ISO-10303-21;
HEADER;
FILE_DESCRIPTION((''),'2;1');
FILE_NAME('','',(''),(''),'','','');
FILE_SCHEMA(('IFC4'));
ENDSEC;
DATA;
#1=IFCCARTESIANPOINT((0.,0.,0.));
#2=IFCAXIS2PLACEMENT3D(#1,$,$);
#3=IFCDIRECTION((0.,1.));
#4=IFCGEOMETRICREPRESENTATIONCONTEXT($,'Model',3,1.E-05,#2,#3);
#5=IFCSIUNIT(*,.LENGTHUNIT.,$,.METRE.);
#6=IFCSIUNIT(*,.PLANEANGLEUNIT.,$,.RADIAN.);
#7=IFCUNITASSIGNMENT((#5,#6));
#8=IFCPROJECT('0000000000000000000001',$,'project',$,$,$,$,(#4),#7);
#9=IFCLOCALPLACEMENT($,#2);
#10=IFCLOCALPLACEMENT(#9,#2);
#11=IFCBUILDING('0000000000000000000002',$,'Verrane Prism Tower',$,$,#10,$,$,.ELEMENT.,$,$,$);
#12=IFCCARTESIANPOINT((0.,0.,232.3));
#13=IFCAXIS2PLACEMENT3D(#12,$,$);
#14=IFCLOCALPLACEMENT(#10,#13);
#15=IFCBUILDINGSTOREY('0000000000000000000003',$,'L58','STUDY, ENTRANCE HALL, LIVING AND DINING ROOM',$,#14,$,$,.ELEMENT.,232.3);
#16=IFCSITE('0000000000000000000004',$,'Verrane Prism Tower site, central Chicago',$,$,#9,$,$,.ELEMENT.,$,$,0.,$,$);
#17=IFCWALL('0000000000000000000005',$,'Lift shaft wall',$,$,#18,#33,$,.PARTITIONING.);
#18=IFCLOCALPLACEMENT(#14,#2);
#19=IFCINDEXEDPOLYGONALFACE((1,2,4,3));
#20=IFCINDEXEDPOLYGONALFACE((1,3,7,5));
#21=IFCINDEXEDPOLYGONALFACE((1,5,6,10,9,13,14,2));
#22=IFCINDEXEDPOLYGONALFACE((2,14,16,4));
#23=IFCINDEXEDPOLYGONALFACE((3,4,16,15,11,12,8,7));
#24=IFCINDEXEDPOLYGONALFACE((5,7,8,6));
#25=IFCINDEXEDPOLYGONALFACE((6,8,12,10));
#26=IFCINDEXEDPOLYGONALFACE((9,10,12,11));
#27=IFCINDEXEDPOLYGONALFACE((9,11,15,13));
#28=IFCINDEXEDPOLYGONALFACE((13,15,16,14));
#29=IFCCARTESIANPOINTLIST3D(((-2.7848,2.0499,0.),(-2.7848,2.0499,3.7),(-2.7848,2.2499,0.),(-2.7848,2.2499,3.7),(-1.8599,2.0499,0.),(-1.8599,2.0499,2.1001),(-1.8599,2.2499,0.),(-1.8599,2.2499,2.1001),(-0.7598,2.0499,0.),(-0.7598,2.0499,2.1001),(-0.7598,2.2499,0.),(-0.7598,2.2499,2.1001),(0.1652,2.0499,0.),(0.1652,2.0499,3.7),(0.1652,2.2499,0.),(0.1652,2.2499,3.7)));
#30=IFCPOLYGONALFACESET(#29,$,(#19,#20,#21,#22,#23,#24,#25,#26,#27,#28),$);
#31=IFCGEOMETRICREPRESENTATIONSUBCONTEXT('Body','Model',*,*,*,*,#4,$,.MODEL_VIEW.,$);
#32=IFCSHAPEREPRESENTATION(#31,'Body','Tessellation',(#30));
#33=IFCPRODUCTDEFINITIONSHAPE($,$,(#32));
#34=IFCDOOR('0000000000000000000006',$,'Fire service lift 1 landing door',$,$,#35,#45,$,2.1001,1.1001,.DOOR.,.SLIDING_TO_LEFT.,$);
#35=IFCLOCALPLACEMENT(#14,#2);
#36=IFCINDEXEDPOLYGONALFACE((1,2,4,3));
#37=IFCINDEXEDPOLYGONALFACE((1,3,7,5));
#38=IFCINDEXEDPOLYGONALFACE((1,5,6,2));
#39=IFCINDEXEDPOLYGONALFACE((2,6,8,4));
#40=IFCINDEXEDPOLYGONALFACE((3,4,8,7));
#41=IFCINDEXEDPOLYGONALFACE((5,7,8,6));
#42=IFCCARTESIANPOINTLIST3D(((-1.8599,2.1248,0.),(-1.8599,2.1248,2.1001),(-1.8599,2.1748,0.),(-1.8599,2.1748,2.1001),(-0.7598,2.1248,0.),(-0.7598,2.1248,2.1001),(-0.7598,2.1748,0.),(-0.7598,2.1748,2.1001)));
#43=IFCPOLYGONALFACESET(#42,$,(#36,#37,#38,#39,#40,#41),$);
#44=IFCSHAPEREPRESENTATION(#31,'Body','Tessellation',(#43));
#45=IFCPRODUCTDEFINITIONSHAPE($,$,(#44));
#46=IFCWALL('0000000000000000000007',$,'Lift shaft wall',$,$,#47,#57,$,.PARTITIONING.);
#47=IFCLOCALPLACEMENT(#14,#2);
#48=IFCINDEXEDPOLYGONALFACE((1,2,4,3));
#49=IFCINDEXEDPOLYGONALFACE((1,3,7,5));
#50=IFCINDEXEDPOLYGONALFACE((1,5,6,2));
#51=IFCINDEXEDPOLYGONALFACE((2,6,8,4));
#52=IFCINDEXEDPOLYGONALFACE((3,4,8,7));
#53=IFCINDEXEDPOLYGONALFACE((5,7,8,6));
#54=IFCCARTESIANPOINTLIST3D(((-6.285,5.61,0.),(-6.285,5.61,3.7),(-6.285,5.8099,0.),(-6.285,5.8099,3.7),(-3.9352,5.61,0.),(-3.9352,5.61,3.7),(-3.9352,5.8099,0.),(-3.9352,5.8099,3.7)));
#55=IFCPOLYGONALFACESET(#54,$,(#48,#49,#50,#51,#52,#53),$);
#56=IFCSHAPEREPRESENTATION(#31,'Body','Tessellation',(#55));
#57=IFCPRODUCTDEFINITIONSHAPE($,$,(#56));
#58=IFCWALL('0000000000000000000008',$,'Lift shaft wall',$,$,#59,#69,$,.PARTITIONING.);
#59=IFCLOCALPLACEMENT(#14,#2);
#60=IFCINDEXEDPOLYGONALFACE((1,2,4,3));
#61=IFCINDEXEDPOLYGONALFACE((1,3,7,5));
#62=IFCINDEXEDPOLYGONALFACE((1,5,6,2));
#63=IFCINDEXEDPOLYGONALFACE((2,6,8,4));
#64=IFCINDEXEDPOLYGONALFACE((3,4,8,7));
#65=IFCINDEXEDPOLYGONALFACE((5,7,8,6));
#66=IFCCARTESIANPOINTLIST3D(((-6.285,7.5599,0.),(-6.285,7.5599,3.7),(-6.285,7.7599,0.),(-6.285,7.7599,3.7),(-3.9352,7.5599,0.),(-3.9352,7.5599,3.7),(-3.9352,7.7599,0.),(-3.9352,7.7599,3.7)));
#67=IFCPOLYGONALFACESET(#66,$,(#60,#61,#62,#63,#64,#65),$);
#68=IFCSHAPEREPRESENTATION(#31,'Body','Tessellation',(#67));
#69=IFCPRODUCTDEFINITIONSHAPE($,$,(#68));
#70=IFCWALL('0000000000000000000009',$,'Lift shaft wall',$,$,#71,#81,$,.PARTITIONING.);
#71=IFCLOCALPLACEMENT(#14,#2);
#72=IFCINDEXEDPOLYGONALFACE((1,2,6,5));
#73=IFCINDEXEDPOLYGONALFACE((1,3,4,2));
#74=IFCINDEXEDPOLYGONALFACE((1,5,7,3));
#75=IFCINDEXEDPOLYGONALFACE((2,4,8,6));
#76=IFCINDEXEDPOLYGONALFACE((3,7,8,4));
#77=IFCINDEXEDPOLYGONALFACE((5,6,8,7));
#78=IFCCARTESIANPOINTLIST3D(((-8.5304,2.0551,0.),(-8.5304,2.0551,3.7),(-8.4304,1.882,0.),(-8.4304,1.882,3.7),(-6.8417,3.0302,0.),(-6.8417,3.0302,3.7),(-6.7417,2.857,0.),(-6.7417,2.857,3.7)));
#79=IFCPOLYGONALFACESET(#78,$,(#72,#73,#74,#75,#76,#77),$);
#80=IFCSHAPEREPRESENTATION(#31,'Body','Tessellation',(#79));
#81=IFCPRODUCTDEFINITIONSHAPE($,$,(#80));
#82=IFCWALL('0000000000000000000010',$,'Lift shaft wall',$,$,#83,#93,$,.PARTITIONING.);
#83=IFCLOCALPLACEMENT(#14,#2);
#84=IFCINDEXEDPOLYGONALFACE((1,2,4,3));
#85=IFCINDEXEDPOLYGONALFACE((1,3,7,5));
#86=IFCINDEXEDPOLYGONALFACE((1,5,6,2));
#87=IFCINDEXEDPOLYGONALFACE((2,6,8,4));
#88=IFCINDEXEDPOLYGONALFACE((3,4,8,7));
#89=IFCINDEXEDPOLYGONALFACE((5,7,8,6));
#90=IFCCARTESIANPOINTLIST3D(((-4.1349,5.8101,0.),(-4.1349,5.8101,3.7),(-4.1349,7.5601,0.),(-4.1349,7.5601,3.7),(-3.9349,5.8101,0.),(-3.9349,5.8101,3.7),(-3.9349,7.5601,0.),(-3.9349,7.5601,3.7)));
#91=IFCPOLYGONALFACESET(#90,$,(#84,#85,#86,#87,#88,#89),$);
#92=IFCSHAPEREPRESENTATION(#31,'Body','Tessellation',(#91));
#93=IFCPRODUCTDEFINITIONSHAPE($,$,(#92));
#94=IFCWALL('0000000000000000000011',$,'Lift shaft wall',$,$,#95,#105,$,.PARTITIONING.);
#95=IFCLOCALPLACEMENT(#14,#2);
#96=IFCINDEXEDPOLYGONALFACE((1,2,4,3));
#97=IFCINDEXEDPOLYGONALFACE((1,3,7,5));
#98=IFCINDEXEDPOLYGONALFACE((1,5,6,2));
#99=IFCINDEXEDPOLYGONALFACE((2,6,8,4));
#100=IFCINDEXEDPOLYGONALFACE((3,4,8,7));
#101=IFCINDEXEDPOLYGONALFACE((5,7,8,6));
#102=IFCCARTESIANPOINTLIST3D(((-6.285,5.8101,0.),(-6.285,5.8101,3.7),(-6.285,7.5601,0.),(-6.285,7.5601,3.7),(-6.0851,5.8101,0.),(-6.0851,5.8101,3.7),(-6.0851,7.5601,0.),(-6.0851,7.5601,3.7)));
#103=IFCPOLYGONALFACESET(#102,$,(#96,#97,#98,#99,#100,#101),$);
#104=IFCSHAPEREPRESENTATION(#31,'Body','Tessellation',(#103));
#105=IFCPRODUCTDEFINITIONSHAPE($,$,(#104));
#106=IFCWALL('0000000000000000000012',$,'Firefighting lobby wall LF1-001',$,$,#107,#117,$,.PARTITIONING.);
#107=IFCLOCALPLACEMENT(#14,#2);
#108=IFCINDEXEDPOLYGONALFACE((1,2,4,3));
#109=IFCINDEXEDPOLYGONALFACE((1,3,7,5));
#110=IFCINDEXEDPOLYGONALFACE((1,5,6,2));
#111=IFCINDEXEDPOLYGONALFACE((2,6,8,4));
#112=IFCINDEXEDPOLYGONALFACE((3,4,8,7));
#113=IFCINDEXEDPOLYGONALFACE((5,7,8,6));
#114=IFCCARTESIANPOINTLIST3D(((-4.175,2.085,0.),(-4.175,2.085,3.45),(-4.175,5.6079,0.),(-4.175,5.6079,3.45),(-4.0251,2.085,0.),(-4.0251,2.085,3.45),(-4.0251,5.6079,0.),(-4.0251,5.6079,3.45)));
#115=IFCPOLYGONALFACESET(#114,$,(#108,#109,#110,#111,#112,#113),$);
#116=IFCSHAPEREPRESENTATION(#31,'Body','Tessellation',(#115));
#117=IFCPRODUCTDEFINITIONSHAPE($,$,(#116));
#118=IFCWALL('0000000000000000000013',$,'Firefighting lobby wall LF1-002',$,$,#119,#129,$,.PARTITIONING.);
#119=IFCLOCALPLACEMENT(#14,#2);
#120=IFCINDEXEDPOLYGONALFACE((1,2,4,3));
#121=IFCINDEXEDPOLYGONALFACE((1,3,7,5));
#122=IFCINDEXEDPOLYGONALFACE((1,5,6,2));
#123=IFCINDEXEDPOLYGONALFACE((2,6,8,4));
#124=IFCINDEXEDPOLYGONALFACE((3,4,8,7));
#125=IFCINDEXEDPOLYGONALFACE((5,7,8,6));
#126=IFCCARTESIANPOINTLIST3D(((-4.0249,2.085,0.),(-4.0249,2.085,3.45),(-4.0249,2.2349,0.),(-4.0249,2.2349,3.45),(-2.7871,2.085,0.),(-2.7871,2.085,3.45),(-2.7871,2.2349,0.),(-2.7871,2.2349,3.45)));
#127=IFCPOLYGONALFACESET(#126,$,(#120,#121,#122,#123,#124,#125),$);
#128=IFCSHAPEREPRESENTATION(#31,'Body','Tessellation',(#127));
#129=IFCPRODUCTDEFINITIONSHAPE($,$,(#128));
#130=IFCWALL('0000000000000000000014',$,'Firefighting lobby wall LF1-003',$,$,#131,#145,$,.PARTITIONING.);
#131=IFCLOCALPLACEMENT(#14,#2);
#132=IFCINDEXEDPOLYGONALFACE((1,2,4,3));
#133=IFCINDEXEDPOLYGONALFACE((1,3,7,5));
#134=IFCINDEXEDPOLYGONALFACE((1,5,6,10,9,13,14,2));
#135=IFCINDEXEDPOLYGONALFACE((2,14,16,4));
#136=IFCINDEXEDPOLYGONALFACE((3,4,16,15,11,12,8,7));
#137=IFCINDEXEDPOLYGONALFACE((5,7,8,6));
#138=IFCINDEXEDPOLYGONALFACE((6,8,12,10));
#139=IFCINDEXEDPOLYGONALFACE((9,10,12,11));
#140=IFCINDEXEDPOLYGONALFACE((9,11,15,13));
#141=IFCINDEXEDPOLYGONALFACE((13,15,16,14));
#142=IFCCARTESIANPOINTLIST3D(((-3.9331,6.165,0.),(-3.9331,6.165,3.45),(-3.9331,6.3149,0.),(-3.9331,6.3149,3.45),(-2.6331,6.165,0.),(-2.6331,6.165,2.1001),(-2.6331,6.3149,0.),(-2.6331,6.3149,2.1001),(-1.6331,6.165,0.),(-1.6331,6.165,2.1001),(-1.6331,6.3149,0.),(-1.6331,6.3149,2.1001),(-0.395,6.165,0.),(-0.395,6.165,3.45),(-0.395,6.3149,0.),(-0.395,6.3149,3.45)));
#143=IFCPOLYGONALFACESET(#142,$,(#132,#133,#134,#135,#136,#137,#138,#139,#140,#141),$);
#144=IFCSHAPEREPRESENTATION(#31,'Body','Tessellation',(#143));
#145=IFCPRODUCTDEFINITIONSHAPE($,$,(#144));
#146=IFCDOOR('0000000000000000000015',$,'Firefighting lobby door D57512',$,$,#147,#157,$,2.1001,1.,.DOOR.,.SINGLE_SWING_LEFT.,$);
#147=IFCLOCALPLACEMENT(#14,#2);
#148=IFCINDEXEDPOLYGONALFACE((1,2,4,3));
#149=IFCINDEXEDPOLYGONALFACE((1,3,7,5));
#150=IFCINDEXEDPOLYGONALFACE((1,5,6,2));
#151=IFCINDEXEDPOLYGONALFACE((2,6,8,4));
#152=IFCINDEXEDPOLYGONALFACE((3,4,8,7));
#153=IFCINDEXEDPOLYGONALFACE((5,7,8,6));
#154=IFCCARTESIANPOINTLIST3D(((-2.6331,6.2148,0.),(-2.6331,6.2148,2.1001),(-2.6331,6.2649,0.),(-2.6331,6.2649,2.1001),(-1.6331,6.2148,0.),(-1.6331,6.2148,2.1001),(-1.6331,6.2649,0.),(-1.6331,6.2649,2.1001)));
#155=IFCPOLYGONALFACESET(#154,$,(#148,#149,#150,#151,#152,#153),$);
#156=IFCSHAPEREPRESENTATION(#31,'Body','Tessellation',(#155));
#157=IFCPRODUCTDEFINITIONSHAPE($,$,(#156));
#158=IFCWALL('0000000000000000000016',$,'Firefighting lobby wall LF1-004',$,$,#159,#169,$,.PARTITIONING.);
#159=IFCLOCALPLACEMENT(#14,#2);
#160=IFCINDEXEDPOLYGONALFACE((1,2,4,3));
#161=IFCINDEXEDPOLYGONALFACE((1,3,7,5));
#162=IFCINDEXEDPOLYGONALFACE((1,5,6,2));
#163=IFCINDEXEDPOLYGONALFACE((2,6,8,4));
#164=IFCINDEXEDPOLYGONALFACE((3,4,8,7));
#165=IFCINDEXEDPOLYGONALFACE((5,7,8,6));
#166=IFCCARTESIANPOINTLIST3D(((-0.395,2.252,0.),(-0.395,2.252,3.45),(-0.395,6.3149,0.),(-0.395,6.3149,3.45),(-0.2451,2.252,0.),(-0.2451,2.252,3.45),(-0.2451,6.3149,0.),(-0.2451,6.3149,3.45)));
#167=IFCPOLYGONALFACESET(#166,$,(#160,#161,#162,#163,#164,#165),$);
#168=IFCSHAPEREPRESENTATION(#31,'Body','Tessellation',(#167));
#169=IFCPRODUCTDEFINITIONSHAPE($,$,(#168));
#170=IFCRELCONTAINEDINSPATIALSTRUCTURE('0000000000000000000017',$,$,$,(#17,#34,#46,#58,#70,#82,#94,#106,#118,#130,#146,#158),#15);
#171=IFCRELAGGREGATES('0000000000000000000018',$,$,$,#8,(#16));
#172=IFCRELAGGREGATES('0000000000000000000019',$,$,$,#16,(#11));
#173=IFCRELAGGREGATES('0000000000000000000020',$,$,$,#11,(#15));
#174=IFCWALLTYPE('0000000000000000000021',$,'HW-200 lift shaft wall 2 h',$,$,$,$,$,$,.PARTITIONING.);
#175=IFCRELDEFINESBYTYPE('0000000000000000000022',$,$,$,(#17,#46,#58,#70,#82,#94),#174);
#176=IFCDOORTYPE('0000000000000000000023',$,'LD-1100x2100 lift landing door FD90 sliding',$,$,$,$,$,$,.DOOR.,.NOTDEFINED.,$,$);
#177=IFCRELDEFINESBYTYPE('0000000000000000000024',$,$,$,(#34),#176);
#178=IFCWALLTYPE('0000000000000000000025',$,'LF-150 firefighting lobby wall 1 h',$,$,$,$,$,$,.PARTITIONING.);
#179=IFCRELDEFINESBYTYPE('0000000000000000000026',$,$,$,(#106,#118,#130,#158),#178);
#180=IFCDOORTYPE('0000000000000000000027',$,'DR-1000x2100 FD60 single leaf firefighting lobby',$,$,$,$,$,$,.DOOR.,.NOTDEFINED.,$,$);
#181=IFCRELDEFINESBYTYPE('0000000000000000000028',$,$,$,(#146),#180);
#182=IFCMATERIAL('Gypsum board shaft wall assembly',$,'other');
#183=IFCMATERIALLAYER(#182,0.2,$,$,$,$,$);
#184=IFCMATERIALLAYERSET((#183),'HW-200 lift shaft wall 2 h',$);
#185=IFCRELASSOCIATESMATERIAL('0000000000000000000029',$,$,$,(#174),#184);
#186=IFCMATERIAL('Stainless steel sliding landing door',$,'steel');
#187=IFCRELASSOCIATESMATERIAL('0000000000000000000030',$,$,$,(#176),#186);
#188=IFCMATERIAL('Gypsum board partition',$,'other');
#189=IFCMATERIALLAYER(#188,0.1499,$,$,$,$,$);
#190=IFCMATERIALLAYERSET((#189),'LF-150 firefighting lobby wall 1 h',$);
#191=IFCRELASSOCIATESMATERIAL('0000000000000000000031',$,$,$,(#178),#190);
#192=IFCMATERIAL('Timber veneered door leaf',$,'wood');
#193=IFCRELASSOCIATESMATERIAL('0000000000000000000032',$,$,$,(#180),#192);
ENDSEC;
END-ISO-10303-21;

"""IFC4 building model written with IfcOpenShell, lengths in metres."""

from ifc_helpers import new_model, si_unit, direction, frame, frame_2d, origin, place, context, subcontext, project, spatial, rectangle, extrude, material, layer, layer_set, type_object, element, fill, save


model = new_model("IFC4")

# Units and contexts
model_context = context("Model", 3, precision=1e-05, world=origin(), true_north=direction((0.0, 1.0)))
body_context = subcontext(model_context, "Body", "Model", "MODEL_VIEW")
ifc_project = project(units=[si_unit("LENGTHUNIT", "METRE"), si_unit("PLANEANGLEUNIT", "RADIAN")], contexts=[model_context])

# Site, building, storey
site_placement = place(None, origin())
site = spatial("IfcSite", under=ifc_project, at=site_placement, Name="Verrane Prism Tower site, central Chicago", CompositionType="ELEMENT", RefElevation=0.0)
building_placement = place(site_placement, origin())
building = spatial("IfcBuilding", under=site, at=building_placement, Name="Verrane Prism Tower", CompositionType="ELEMENT")
storey_placement = place(building_placement, frame((0.0, 0.0, 232.3)))
storey = spatial("IfcBuildingStorey", under=building, at=storey_placement, Name="L58", Description="STUDY, ENTRANCE HALL, LIVING AND DINING ROOM", CompositionType="ELEMENT", Elevation=232.3)

# Wall, opening, door
ifc_material_1 = material(Name="Gypsum board shaft wall assembly", Category="other")
ifc_layer_1 = layer(ifc_material_1, 0.2)
ifc_layer_set_1 = layer_set([ifc_layer_1], Name="HW-200 lift shaft wall 2 h")
wall_type_1 = type_object("IfcWallType", Name="HW-200 lift shaft wall 2 h", PredefinedType="PARTITIONING", material=ifc_layer_set_1)
wall_1_placement = place(storey_placement, frame((-2.7849, 2.1499, 0.0), z_axis=(0.0, 0.0, 1.0), x_axis=(1.0, 0.0, 0.0)))
wall_1 = element("IfcWall", 1, at=wall_1_placement, inside=storey, type_object=wall_type_1, Name="Lift shaft wall", PredefinedType="PARTITIONING", context=body_context, shape_type="SweptSolid", body=[
    extrude(rectangle(XDim=2.95, YDim=0.2, at=frame_2d((1.4751, 0.0))), origin(), (0.0, 0.0, 1.0), 3.7),
])
opening_1_placement = place(wall_1_placement, frame((0.925, 0.0, 0.0)))
opening_1 = element("IfcOpeningElement", 2, at=opening_1_placement, cuts=wall_1, PredefinedType="OPENING", context=body_context, shape_type="SweptSolid", body=[
    extrude(rectangle(XDim=1.1001, YDim=2.1001, at=frame_2d((0.55, 1.05))), frame((0.0, 0.1099, 0.0), z_axis=(0.0, -1.0, 0.0), x_axis=(1.0, 0.0, 0.0)), (0.0, 0.0, 1.0), 0.22),
])
ifc_material_2 = material(Name="Stainless steel sliding landing door", Category="steel")
door_type_1 = type_object("IfcDoorType", Name="LD-1100x2100 lift landing door FD90 sliding", OperationType="NOTDEFINED", PredefinedType="DOOR", material=ifc_material_2)
door_1_placement = place(opening_1_placement, origin())
door_1 = element("IfcDoor", 3, at=door_1_placement, inside=storey, type_object=door_type_1, Name="Fire service lift 1 landing door", OperationType="SLIDING_TO_LEFT", OverallHeight=2.1001, OverallWidth=1.1001, PredefinedType="DOOR", context=body_context, shape_type="SweptSolid", body=[
    extrude(rectangle(XDim=1.1001, YDim=2.1001, at=frame_2d((0.55, 1.05))), frame((0.0, 0.0249, 0.0), z_axis=(0.0, -1.0, 0.0), x_axis=(1.0, 0.0, 0.0)), (0.0, 0.0, 1.0), 0.05),
])
fill(opening_1, door_1)

# Walls
for number, where, z_axis, x_axis, name in (
    (4, (-6.2849, 5.71, 0.0), (0.0, 0.0, 1.0), (1.0, 0.0, 0.0), "Lift shaft wall"),
    (5, (-6.2849, 7.6599, 0.0), (0.0, 0.0, 1.0), (1.0, 0.0, 0.0), "Lift shaft wall"),
):
    element("IfcWall", number, at=place(storey_placement, frame(where, z_axis=z_axis, x_axis=x_axis)), inside=storey, type_object=wall_type_1, Name=name, PredefinedType="PARTITIONING", context=body_context, shape_type="SweptSolid", body=[
        extrude(rectangle(XDim=2.3499, YDim=0.2, at=frame_2d((1.1748, 0.0))), origin(), (0.0, 0.0, 1.0), 3.7),
    ])
wall_2_placement = place(storey_placement, frame((-8.4805, 1.9685, 0.0), z_axis=(0.0, 0.0, 1.0), x_axis=(0.866, 0.500044, 0.0)))
element("IfcWall", 6, at=wall_2_placement, inside=storey, type_object=wall_type_1, Name="Lift shaft wall", PredefinedType="PARTITIONING", context=body_context, shape_type="SweptSolid", body=[
    extrude(rectangle(XDim=1.95, YDim=0.2, at=frame_2d((0.9751, 0.0))), origin(), (0.0, 0.0, 1.0), 3.7),
])
for number, where, z_axis, x_axis, name in (
    (7, (-4.0349, 5.8101, 0.0), (0.0, 0.0, 1.0), (0.0, 1.0, 0.0), "Lift shaft wall"),
    (8, (-6.1851, 5.8101, 0.0), (0.0, 0.0, 1.0), (0.0, 1.0, 0.0), "Lift shaft wall"),
):
    element("IfcWall", number, at=place(storey_placement, frame(where, z_axis=z_axis, x_axis=x_axis)), inside=storey, type_object=wall_type_1, Name=name, PredefinedType="PARTITIONING", context=body_context, shape_type="SweptSolid", body=[
        extrude(rectangle(XDim=1.75, YDim=0.2, at=frame_2d((0.875, 0.0))), origin(), (0.0, 0.0, 1.0), 3.7),
    ])
ifc_material_3 = material(Name="Gypsum board partition", Category="other")
ifc_layer_2 = layer(ifc_material_3, 0.1499)
ifc_layer_set_2 = layer_set([ifc_layer_2], Name="LF-150 firefighting lobby wall 1 h")
wall_type_2 = type_object("IfcWallType", Name="LF-150 firefighting lobby wall 1 h", PredefinedType="PARTITIONING", material=ifc_layer_set_2)
wall_3_placement = place(storey_placement, frame((-4.1001, 2.085, 0.0), z_axis=(0.0, 0.0, 1.0), x_axis=(0.0, 1.0, 0.0)))
element("IfcWall", 9, at=wall_3_placement, inside=storey, type_object=wall_type_2, Name="Firefighting lobby wall LF1-001", PredefinedType="PARTITIONING", context=body_context, shape_type="SweptSolid", body=[
    extrude(rectangle(XDim=3.5229, YDim=0.1499, at=frame_2d((1.7615, 0.0))), origin(), (0.0, 0.0, 1.0), 3.45),
])
wall_4_placement = place(storey_placement, frame((-4.0249, 2.1599, 0.0), z_axis=(0.0, 0.0, 1.0), x_axis=(1.0, 0.0, 0.0)))
element("IfcWall", 10, at=wall_4_placement, inside=storey, type_object=wall_type_2, Name="Firefighting lobby wall LF1-002", PredefinedType="PARTITIONING", context=body_context, shape_type="SweptSolid", body=[
    extrude(rectangle(XDim=1.2378, YDim=0.1499, at=frame_2d((0.6189, 0.0))), origin(), (0.0, 0.0, 1.0), 3.45),
])

# Wall, opening, door
wall_5_placement = place(storey_placement, frame((-3.9331, 6.24, 0.0), z_axis=(0.0, 0.0, 1.0), x_axis=(1.0, 0.0, 0.0)))
wall_5 = element("IfcWall", 11, at=wall_5_placement, inside=storey, type_object=wall_type_2, Name="Firefighting lobby wall LF1-003", PredefinedType="PARTITIONING", context=body_context, shape_type="SweptSolid", body=[
    extrude(rectangle(XDim=3.5381, YDim=0.1499, at=frame_2d((1.769, 0.0))), origin(), (0.0, 0.0, 1.0), 3.45),
])
opening_2_placement = place(wall_5_placement, frame((1.3, 0.0, 0.0)))
opening_2 = element("IfcOpeningElement", 12, at=opening_2_placement, cuts=wall_5, PredefinedType="OPENING", context=body_context, shape_type="SweptSolid", body=[
    extrude(rectangle(XDim=1.0, YDim=2.1001, at=frame_2d((0.5, 1.05))), frame((0.0, 0.085, 0.0), z_axis=(0.0, -1.0, 0.0), x_axis=(1.0, 0.0, 0.0)), (0.0, 0.0, 1.0), 0.1699),
])
ifc_material_4 = material(Name="Timber veneered door leaf", Category="wood")
door_type_2 = type_object("IfcDoorType", Name="DR-1000x2100 FD60 single leaf firefighting lobby", OperationType="NOTDEFINED", PredefinedType="DOOR", material=ifc_material_4)
door_2_placement = place(opening_2_placement, origin())
door_2 = element("IfcDoor", 13, at=door_2_placement, inside=storey, type_object=door_type_2, Name="Firefighting lobby door D57512", OperationType="SINGLE_SWING_LEFT", OverallHeight=2.1001, OverallWidth=1.0, PredefinedType="DOOR", context=body_context, shape_type="SweptSolid", body=[
    extrude(rectangle(XDim=1.0, YDim=2.1001, at=frame_2d((0.5, 1.05))), frame((0.0, 0.0249, 0.0), z_axis=(0.0, -1.0, 0.0), x_axis=(1.0, 0.0, 0.0)), (0.0, 0.0, 1.0), 0.05),
])
fill(opening_2, door_2)

# Wall
wall_6_placement = place(storey_placement, frame((-0.3201, 2.252, 0.0), z_axis=(0.0, 0.0, 1.0), x_axis=(0.0, 1.0, 0.0)))
element("IfcWall", 14, at=wall_6_placement, inside=storey, type_object=wall_type_2, Name="Firefighting lobby wall LF1-004", PredefinedType="PARTITIONING", context=body_context, shape_type="SweptSolid", body=[
    extrude(rectangle(XDim=4.063, YDim=0.1499, at=frame_2d((2.0315, 0.0))), origin(), (0.0, 0.0, 1.0), 3.45),
])

save(model, "model.ifc")
